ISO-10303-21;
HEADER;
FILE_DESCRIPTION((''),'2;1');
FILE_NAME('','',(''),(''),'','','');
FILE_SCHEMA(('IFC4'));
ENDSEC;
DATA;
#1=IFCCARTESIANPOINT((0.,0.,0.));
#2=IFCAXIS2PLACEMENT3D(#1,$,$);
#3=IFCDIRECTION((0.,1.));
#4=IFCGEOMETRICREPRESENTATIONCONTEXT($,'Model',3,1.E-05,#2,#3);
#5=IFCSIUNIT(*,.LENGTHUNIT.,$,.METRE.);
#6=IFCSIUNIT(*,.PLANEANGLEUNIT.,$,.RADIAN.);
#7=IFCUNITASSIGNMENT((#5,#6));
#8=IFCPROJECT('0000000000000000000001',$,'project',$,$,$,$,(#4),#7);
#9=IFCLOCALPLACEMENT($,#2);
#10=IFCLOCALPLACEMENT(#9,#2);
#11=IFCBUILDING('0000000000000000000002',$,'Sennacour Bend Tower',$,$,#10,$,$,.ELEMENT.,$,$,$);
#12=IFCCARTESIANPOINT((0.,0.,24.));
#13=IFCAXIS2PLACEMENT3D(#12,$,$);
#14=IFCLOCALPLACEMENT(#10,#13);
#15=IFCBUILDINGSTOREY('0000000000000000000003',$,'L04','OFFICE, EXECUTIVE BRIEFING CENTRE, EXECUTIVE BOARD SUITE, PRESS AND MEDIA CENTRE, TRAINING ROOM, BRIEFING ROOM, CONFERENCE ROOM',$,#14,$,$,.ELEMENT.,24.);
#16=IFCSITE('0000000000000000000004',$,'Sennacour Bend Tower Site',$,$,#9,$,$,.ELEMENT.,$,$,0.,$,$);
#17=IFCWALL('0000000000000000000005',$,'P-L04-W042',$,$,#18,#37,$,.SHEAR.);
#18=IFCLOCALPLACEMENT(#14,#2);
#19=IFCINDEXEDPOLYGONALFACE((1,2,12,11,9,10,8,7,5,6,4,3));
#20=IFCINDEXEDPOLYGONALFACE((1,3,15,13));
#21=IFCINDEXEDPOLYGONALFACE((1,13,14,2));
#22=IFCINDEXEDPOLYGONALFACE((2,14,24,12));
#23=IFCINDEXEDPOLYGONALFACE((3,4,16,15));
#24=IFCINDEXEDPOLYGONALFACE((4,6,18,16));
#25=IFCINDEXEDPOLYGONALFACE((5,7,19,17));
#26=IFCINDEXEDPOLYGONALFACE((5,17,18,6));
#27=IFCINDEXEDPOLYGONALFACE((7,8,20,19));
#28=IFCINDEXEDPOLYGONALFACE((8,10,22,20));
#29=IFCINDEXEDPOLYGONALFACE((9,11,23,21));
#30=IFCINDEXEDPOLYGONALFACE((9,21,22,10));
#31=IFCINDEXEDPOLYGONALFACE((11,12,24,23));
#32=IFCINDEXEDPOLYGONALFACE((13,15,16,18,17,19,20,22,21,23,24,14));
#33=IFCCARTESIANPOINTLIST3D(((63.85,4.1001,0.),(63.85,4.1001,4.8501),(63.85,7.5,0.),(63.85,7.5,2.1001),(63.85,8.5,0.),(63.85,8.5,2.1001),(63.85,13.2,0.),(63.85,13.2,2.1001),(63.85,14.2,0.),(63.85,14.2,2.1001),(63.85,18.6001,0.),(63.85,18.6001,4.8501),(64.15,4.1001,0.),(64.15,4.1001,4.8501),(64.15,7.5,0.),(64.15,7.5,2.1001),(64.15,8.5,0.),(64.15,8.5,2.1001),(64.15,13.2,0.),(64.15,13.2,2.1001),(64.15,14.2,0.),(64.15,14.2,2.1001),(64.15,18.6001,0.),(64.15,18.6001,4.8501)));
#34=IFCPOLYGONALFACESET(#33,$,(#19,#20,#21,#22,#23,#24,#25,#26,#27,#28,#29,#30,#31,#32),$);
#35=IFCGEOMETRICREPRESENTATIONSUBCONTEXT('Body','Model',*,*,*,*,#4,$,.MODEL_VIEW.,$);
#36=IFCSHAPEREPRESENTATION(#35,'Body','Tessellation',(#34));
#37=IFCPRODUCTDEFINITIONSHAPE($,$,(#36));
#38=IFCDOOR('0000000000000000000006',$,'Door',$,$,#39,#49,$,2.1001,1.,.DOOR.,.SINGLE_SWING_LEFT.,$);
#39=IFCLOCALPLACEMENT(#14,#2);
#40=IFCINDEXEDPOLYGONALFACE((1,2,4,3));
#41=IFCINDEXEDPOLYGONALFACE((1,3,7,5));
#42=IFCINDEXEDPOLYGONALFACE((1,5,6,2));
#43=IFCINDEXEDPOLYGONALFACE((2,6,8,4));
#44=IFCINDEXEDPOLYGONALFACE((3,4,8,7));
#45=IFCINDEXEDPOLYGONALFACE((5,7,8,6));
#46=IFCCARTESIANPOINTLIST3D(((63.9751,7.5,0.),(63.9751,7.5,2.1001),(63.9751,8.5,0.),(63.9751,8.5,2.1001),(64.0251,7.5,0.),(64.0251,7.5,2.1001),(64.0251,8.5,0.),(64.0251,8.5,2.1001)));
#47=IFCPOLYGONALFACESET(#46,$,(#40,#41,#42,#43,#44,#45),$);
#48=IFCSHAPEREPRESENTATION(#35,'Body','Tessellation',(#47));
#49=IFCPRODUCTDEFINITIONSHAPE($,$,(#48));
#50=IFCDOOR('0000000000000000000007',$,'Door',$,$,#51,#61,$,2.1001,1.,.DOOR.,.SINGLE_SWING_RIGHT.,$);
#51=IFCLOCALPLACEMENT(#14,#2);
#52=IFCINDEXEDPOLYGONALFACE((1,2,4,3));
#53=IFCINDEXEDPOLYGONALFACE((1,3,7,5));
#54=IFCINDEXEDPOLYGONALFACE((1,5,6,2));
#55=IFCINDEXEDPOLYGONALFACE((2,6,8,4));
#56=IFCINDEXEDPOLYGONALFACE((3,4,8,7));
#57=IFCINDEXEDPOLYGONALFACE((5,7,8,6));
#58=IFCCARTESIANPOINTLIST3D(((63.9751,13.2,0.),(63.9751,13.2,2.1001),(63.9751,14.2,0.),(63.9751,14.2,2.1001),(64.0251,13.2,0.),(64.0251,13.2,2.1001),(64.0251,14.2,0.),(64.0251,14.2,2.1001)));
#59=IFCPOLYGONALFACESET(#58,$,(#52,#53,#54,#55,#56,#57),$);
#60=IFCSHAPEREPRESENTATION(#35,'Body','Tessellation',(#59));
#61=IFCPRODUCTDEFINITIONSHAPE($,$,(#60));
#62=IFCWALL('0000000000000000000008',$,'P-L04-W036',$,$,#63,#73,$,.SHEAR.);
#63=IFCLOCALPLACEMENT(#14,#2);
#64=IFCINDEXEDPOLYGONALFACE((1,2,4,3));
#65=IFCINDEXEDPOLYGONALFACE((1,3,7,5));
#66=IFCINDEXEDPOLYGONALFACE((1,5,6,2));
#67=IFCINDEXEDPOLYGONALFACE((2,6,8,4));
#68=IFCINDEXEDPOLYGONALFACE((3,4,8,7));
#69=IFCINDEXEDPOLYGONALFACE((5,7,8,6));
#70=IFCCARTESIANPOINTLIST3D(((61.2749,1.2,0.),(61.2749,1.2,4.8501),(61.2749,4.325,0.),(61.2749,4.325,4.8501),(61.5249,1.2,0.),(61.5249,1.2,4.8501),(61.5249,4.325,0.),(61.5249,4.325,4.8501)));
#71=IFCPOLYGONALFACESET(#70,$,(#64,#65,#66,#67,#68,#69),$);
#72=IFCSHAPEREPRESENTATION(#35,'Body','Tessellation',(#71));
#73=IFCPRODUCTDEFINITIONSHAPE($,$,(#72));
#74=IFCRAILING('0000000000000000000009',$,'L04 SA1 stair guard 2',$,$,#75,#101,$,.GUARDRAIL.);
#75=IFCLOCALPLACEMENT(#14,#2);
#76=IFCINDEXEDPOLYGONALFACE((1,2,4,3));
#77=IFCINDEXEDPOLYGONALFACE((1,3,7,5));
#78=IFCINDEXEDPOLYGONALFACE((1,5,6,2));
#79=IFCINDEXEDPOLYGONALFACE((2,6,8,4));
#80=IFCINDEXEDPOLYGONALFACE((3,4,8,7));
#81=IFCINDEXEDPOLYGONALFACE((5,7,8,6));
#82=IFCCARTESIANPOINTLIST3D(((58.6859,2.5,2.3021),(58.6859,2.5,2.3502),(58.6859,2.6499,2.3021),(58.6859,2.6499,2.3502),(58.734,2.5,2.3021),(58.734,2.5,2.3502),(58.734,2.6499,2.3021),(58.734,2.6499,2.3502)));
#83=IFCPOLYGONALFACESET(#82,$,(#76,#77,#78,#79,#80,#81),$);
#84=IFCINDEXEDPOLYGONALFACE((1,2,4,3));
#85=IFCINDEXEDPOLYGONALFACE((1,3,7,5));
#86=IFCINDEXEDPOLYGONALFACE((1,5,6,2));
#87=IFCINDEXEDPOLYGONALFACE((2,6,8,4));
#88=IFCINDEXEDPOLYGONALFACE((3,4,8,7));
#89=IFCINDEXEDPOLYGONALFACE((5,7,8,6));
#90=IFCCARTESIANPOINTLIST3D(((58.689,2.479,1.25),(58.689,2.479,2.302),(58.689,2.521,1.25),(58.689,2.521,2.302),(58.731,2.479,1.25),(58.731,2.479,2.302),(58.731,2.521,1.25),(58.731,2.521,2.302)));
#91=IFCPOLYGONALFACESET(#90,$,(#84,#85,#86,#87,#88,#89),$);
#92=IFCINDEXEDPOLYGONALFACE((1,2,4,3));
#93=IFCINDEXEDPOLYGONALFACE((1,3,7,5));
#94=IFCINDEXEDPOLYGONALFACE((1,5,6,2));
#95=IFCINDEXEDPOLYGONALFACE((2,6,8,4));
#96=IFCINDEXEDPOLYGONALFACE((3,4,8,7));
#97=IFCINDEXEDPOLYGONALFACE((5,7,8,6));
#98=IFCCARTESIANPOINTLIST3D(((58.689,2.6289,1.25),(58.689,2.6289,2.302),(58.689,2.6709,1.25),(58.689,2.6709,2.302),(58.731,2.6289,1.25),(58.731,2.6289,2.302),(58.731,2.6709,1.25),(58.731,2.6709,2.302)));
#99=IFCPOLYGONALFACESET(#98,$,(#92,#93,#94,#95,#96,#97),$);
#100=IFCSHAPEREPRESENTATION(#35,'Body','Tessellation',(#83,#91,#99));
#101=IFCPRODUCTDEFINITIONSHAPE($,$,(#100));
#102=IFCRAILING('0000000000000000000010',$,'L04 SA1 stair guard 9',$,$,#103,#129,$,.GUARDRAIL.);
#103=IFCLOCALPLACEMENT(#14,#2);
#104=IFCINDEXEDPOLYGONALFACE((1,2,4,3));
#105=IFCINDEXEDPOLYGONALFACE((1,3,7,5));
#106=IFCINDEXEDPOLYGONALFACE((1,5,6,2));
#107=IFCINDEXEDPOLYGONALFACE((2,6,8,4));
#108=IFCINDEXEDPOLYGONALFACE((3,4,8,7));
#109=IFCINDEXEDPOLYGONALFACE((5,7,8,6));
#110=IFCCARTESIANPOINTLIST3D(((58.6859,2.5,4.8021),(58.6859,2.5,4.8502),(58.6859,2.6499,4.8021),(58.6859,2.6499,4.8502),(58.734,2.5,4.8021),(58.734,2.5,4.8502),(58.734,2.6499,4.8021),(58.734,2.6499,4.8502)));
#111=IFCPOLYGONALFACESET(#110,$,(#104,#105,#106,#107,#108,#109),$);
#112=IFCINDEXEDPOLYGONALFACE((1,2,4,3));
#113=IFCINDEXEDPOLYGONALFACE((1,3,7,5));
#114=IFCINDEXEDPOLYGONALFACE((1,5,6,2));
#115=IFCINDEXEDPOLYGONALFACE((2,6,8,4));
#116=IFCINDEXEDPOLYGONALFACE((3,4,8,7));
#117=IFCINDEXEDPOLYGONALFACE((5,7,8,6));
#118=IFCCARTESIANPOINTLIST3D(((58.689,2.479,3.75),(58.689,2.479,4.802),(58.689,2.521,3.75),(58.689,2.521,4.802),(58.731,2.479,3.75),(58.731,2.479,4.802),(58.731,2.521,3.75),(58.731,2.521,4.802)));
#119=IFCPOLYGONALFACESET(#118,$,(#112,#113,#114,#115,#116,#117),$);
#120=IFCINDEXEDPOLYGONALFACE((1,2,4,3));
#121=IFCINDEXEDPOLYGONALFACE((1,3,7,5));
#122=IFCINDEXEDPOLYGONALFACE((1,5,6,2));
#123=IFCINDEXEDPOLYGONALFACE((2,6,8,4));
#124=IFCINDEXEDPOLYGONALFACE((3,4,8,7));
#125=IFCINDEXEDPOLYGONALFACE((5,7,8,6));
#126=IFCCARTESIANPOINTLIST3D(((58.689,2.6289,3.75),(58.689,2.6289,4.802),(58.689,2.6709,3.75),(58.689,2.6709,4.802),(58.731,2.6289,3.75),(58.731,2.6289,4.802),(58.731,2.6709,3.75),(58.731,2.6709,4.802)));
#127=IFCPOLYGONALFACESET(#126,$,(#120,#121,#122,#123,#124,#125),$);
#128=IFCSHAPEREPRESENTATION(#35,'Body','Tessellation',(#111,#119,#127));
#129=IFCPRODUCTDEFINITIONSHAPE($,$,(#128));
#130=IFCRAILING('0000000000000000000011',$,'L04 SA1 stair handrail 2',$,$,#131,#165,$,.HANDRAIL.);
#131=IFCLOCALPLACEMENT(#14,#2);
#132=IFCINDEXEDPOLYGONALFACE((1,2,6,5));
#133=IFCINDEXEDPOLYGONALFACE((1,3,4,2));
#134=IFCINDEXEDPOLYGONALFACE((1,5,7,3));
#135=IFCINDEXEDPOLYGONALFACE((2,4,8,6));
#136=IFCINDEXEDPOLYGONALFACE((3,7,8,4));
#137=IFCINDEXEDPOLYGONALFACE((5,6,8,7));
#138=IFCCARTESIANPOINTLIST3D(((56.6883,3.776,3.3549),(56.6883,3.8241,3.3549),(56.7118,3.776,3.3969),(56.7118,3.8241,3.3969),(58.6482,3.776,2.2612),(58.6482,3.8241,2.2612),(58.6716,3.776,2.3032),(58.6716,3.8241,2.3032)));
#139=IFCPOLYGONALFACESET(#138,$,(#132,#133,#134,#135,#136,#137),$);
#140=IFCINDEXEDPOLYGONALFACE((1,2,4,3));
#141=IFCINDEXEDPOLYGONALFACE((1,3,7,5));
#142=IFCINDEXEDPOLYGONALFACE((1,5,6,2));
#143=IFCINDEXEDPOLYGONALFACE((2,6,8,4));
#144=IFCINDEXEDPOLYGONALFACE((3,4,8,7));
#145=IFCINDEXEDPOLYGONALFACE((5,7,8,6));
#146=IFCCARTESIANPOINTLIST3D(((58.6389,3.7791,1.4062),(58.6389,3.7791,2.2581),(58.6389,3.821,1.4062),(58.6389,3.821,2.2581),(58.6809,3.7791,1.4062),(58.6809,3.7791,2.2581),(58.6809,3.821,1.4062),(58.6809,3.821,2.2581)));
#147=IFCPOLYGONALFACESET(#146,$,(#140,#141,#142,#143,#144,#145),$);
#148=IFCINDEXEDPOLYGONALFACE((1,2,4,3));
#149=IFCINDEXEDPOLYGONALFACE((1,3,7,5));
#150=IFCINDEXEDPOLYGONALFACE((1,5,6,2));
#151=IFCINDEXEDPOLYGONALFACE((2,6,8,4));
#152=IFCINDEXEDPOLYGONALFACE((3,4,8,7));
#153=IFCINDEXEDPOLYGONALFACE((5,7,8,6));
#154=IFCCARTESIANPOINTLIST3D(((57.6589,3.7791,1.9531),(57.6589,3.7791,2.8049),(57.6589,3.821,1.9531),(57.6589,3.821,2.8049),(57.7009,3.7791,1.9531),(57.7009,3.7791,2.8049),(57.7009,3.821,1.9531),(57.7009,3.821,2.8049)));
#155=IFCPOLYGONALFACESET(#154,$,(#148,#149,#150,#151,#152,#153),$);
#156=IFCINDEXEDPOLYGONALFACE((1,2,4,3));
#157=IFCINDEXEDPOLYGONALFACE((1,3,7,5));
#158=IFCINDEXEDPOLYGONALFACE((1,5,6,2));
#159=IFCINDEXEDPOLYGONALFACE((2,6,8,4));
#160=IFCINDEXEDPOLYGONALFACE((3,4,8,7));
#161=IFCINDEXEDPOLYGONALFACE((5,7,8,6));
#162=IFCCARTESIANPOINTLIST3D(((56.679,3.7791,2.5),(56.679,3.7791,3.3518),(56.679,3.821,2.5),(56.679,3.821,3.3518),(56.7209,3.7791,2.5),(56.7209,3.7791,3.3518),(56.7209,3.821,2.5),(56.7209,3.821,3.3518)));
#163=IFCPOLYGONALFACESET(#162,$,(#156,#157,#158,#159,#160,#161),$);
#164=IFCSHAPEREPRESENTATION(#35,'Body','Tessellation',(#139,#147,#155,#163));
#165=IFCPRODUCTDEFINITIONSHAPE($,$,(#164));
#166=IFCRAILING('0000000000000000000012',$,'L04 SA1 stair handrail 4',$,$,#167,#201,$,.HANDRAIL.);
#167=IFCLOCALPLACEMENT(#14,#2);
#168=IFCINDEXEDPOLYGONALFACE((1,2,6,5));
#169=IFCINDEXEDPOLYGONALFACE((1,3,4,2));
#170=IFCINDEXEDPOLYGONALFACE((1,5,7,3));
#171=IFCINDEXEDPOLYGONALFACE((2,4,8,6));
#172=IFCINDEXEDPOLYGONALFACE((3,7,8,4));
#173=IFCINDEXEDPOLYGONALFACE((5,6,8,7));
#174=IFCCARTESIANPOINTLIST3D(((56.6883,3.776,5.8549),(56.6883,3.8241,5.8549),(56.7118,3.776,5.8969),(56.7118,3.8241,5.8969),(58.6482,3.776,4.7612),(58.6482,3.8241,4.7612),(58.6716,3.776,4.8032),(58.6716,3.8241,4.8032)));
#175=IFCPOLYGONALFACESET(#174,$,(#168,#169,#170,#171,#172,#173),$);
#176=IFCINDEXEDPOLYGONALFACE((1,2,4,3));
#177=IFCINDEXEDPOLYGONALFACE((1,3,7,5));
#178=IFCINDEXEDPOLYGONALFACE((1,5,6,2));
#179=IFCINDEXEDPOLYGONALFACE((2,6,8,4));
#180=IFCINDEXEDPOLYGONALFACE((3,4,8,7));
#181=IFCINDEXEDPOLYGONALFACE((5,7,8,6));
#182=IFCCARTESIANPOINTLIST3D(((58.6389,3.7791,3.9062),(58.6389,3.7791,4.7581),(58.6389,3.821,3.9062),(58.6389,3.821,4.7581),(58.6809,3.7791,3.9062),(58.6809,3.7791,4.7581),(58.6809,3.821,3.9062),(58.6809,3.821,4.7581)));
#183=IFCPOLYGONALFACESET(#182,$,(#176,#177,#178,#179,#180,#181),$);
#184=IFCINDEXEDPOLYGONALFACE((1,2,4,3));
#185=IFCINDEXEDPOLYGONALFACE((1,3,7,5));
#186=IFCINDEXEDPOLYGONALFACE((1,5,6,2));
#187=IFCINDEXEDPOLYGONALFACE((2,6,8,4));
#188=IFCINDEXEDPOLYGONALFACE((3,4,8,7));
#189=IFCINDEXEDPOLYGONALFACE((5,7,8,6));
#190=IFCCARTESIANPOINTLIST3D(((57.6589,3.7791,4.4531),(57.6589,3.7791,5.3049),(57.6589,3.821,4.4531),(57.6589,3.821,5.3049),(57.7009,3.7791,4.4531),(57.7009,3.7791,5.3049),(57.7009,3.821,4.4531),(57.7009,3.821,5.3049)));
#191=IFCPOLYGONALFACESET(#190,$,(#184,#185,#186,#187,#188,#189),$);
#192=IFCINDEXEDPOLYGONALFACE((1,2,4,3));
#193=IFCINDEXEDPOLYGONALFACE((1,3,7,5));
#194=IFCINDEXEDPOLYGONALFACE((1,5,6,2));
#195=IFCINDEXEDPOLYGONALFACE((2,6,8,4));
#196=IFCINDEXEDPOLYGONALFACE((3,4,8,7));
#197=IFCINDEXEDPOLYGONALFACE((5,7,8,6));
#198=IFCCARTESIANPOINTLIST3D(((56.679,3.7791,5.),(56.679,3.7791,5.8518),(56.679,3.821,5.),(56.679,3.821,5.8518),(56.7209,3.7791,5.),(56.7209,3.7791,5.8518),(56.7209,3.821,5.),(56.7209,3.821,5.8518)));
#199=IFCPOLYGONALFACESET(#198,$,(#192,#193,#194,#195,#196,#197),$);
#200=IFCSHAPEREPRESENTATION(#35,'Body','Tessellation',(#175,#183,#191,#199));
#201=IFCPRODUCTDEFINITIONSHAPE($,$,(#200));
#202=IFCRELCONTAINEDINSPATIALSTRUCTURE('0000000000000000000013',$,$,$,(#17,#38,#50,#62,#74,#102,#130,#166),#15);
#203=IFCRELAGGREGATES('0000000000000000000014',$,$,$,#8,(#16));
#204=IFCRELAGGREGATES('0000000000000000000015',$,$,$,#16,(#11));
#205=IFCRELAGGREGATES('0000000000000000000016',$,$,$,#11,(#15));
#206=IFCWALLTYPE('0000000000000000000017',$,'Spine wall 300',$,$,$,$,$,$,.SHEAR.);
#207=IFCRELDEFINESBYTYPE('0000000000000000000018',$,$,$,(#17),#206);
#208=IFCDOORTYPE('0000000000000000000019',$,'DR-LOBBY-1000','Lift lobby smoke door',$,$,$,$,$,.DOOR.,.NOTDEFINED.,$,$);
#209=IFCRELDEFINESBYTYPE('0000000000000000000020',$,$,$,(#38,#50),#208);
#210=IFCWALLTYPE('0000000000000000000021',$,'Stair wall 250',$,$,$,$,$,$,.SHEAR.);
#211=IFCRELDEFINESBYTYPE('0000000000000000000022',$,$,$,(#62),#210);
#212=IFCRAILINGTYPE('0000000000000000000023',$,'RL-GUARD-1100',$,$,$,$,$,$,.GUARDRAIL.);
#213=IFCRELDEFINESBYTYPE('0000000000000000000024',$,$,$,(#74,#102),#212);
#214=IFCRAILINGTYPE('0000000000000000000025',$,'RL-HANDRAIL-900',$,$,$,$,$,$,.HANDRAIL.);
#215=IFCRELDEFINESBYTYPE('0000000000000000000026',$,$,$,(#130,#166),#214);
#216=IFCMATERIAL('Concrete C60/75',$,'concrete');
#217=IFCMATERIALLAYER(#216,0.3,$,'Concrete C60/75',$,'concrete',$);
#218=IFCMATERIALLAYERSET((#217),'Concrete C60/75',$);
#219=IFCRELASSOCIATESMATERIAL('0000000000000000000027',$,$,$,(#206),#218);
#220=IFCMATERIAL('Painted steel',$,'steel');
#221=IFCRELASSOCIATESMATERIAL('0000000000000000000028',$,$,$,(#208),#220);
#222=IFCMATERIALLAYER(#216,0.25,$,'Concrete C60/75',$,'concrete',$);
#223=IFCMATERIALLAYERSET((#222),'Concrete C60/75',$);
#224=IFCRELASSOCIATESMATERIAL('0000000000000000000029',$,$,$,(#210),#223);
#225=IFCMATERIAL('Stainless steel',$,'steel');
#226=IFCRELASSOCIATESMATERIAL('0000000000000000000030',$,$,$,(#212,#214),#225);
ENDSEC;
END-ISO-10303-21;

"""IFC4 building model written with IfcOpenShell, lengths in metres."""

from ifc_helpers import new_model, si_unit, direction, frame, frame_2d, origin, origin_2d, place, context, subcontext, project, spatial, rectangle, extrude, material, layer, layer_set, type_object, element, fill, save


model = new_model("IFC4")

# Units and contexts
model_context = context("Model", 3, precision=1e-05, world=origin(), true_north=direction((0.0, 1.0)))
body_context = subcontext(model_context, "Body", "Model", "MODEL_VIEW")
ifc_project = project(units=[si_unit("LENGTHUNIT", "METRE"), si_unit("PLANEANGLEUNIT", "RADIAN")], contexts=[model_context])

# Site, building, storey
site_placement = place(None, origin())
site = spatial("IfcSite", under=ifc_project, at=site_placement, Name="Sennacour Bend Tower Site", CompositionType="ELEMENT", RefElevation=0.0)
building_placement = place(site_placement, origin())
building = spatial("IfcBuilding", under=site, at=building_placement, Name="Sennacour Bend Tower", CompositionType="ELEMENT")
storey_placement = place(building_placement, frame((0.0, 0.0, 24.0)))
storey = spatial("IfcBuildingStorey", under=building, at=storey_placement, Name="L04", Description="OFFICE, EXECUTIVE BRIEFING CENTRE, EXECUTIVE BOARD SUITE, PRESS AND MEDIA CENTRE, TRAINING ROOM, BRIEFING ROOM, CONFERENCE ROOM", CompositionType="ELEMENT", Elevation=24.0)

# Shared definitions
ifc_material_1 = material(Name="Painted steel", Category="steel")

# Shared definitions
ifc_material_2 = material(Name="Stainless steel", Category="steel")

# Wall, openings, doors
ifc_material_3 = material(Name="Concrete C60/75", Category="concrete")
ifc_layer_1 = layer(ifc_material_3, 0.3, Name="Concrete C60/75", Category="concrete")
ifc_layer_set_1 = layer_set([ifc_layer_1], Name="Concrete C60/75")
wall_type_1 = type_object("IfcWallType", Name="Spine wall 300", PredefinedType="SHEAR", material=ifc_layer_set_1)
wall_1_placement = place(storey_placement, frame((64.0, 4.1001, 0.0), z_axis=(0.0, 0.0, 1.0), x_axis=(0.0, 1.0, 0.0)))
wall_1 = element("IfcWall", 1, at=wall_1_placement, inside=storey, type_object=wall_type_1, Name="P-L04-W042", PredefinedType="SHEAR", context=body_context, shape_type="SweptSolid", body=[
    extrude(rectangle(XDim=14.5, YDim=0.3, at=frame_2d((7.25, 0.0))), origin(), (0.0, 0.0, 1.0), 4.8501),
])
opening_1_placement = place(wall_1_placement, frame((3.3999, 0.0, 0.0)))
opening_1 = element("IfcOpeningElement", 2, at=opening_1_placement, cuts=wall_1, PredefinedType="OPENING", context=body_context, shape_type="SweptSolid", body=[
    extrude(rectangle(XDim=1.0, YDim=2.1001, at=frame_2d((0.5, 1.05))), frame((0.0, 0.1602, 0.0), z_axis=(0.0, -1.0, 0.0), x_axis=(1.0, 0.0, 0.0)), (0.0, 0.0, 1.0), 0.3201),
])
opening_2_placement = place(wall_1_placement, frame((9.0999, 0.0, 0.0)))
opening_2 = element("IfcOpeningElement", 3, at=opening_2_placement, cuts=wall_1, PredefinedType="OPENING", context=body_context, shape_type="SweptSolid", body=[
    extrude(rectangle(XDim=1.0, YDim=2.1001, at=frame_2d((0.5, 1.05))), frame((0.0, 0.1602, 0.0), z_axis=(0.0, -1.0, 0.0), x_axis=(1.0, 0.0, 0.0)), (0.0, 0.0, 1.0), 0.3201),
])
door_type_1 = type_object("IfcDoorType", Name="DR-LOBBY-1000", Description="Lift lobby smoke door", OperationType="NOTDEFINED", PredefinedType="DOOR", material=ifc_material_1)
door_1_placement = place(opening_1_placement, origin())
door_1 = element("IfcDoor", 4, at=door_1_placement, inside=storey, type_object=door_type_1, Name="Door", OperationType="SINGLE_SWING_LEFT", OverallHeight=2.1001, OverallWidth=1.0, PredefinedType="DOOR", context=body_context, shape_type="SweptSolid", body=[
    extrude(rectangle(XDim=1.0, YDim=2.1001, at=frame_2d((0.5, 1.05))), frame((0.0, 0.0249, 0.0), z_axis=(0.0, -1.0, 0.0), x_axis=(1.0, 0.0, 0.0)), (0.0, 0.0, 1.0), 0.05),
])
fill(opening_1, door_1)
door_2_placement = place(opening_2_placement, origin())
door_2 = element("IfcDoor", 5, at=door_2_placement, inside=storey, type_object=door_type_1, Name="Door", OperationType="SINGLE_SWING_RIGHT", OverallHeight=2.1001, OverallWidth=1.0, PredefinedType="DOOR", context=body_context, shape_type="SweptSolid", body=[
    extrude(rectangle(XDim=1.0, YDim=2.1001, at=frame_2d((0.5, 1.05))), frame((0.0, 0.0249, 0.0), z_axis=(0.0, -1.0, 0.0), x_axis=(1.0, 0.0, 0.0)), (0.0, 0.0, 1.0), 0.05),
])
fill(opening_2, door_2)

# Wall
ifc_layer_2 = layer(ifc_material_3, 0.25, Name="Concrete C60/75", Category="concrete")
ifc_layer_set_2 = layer_set([ifc_layer_2], Name="Concrete C60/75")
wall_type_2 = type_object("IfcWallType", Name="Stair wall 250", PredefinedType="SHEAR", material=ifc_layer_set_2)
wall_2_placement = place(storey_placement, frame((61.3999, 1.2, 0.0), z_axis=(0.0, 0.0, 1.0), x_axis=(0.0, 1.0, 0.0)))
element("IfcWall", 6, at=wall_2_placement, inside=storey, type_object=wall_type_2, Name="P-L04-W036", PredefinedType="SHEAR", context=body_context, shape_type="SweptSolid", body=[
    extrude(rectangle(XDim=3.125, YDim=0.25, at=frame_2d((1.5625, 0.0))), origin(), (0.0, 0.0, 1.0), 4.8501),
])

# Railings
railing_type_1 = type_object("IfcRailingType", Name="RL-GUARD-1100", PredefinedType="GUARDRAIL", material=ifc_material_2)
for number, where, name in (
    (7, (58.71, 2.5, 1.25), "L04 SA1 stair guard 2"),
    (8, (58.71, 2.5, 3.75), "L04 SA1 stair guard 9"),
):
    element("IfcRailing", number, at=place(storey_placement, frame(where)), inside=storey, type_object=railing_type_1, Name=name, PredefinedType="GUARDRAIL", context=body_context, shape_type="SweptSolid", body=[
        extrude(rectangle(XDim=0.0481, YDim=0.0481, at=origin_2d()), frame((0.0, 0.0, 1.0762), z_axis=(0.0, 1.0, 0.0), x_axis=(-1.0, 0.0, 0.0)), (0.0, 0.0, 1.0), 0.1499),
        extrude(rectangle(XDim=0.042, YDim=0.042, at=origin_2d()), origin(), (0.0, 0.0, 1.0), 1.052),
        extrude(rectangle(XDim=0.042, YDim=0.042, at=origin_2d()), frame((0.0, 0.1499, 0.0)), (0.0, 0.0, 1.0), 1.052),
    ])
railing_type_2 = type_object("IfcRailingType", Name="RL-HANDRAIL-900", PredefinedType="HANDRAIL", material=ifc_material_2)
for number, where, name in (
    (9, (58.6599, 3.8, 1.4062), "L04 SA1 stair handrail 2"),
    (10, (58.6599, 3.8, 3.9062), "L04 SA1 stair handrail 4"),
):
    element("IfcRailing", number, at=place(storey_placement, frame(where)), inside=storey, type_object=railing_type_2, Name=name, PredefinedType="HANDRAIL", context=body_context, shape_type="SweptSolid", body=[
        extrude(rectangle(XDim=0.0481, YDim=0.0481, at=origin_2d()), frame((0.0, 0.0, 0.876), z_axis=(-0.873232, 0.0, 0.487304), x_axis=(0.0, -1.0, 0.0)), (0.0, 0.0, 1.0), 2.2444),
        extrude(rectangle(XDim=0.042, YDim=0.042, at=origin_2d()), origin(), (0.0, 0.0, 1.0), 0.8518),
        extrude(rectangle(XDim=0.042, YDim=0.042, at=origin_2d()), frame((-0.98, 0.0, 0.5469)), (0.0, 0.0, 1.0), 0.8518),
        extrude(rectangle(XDim=0.042, YDim=0.042, at=origin_2d()), frame((-1.96, 0.0, 1.0938)), (0.0, 0.0, 1.0), 0.8518),
    ])

save(model, "model.ifc")
